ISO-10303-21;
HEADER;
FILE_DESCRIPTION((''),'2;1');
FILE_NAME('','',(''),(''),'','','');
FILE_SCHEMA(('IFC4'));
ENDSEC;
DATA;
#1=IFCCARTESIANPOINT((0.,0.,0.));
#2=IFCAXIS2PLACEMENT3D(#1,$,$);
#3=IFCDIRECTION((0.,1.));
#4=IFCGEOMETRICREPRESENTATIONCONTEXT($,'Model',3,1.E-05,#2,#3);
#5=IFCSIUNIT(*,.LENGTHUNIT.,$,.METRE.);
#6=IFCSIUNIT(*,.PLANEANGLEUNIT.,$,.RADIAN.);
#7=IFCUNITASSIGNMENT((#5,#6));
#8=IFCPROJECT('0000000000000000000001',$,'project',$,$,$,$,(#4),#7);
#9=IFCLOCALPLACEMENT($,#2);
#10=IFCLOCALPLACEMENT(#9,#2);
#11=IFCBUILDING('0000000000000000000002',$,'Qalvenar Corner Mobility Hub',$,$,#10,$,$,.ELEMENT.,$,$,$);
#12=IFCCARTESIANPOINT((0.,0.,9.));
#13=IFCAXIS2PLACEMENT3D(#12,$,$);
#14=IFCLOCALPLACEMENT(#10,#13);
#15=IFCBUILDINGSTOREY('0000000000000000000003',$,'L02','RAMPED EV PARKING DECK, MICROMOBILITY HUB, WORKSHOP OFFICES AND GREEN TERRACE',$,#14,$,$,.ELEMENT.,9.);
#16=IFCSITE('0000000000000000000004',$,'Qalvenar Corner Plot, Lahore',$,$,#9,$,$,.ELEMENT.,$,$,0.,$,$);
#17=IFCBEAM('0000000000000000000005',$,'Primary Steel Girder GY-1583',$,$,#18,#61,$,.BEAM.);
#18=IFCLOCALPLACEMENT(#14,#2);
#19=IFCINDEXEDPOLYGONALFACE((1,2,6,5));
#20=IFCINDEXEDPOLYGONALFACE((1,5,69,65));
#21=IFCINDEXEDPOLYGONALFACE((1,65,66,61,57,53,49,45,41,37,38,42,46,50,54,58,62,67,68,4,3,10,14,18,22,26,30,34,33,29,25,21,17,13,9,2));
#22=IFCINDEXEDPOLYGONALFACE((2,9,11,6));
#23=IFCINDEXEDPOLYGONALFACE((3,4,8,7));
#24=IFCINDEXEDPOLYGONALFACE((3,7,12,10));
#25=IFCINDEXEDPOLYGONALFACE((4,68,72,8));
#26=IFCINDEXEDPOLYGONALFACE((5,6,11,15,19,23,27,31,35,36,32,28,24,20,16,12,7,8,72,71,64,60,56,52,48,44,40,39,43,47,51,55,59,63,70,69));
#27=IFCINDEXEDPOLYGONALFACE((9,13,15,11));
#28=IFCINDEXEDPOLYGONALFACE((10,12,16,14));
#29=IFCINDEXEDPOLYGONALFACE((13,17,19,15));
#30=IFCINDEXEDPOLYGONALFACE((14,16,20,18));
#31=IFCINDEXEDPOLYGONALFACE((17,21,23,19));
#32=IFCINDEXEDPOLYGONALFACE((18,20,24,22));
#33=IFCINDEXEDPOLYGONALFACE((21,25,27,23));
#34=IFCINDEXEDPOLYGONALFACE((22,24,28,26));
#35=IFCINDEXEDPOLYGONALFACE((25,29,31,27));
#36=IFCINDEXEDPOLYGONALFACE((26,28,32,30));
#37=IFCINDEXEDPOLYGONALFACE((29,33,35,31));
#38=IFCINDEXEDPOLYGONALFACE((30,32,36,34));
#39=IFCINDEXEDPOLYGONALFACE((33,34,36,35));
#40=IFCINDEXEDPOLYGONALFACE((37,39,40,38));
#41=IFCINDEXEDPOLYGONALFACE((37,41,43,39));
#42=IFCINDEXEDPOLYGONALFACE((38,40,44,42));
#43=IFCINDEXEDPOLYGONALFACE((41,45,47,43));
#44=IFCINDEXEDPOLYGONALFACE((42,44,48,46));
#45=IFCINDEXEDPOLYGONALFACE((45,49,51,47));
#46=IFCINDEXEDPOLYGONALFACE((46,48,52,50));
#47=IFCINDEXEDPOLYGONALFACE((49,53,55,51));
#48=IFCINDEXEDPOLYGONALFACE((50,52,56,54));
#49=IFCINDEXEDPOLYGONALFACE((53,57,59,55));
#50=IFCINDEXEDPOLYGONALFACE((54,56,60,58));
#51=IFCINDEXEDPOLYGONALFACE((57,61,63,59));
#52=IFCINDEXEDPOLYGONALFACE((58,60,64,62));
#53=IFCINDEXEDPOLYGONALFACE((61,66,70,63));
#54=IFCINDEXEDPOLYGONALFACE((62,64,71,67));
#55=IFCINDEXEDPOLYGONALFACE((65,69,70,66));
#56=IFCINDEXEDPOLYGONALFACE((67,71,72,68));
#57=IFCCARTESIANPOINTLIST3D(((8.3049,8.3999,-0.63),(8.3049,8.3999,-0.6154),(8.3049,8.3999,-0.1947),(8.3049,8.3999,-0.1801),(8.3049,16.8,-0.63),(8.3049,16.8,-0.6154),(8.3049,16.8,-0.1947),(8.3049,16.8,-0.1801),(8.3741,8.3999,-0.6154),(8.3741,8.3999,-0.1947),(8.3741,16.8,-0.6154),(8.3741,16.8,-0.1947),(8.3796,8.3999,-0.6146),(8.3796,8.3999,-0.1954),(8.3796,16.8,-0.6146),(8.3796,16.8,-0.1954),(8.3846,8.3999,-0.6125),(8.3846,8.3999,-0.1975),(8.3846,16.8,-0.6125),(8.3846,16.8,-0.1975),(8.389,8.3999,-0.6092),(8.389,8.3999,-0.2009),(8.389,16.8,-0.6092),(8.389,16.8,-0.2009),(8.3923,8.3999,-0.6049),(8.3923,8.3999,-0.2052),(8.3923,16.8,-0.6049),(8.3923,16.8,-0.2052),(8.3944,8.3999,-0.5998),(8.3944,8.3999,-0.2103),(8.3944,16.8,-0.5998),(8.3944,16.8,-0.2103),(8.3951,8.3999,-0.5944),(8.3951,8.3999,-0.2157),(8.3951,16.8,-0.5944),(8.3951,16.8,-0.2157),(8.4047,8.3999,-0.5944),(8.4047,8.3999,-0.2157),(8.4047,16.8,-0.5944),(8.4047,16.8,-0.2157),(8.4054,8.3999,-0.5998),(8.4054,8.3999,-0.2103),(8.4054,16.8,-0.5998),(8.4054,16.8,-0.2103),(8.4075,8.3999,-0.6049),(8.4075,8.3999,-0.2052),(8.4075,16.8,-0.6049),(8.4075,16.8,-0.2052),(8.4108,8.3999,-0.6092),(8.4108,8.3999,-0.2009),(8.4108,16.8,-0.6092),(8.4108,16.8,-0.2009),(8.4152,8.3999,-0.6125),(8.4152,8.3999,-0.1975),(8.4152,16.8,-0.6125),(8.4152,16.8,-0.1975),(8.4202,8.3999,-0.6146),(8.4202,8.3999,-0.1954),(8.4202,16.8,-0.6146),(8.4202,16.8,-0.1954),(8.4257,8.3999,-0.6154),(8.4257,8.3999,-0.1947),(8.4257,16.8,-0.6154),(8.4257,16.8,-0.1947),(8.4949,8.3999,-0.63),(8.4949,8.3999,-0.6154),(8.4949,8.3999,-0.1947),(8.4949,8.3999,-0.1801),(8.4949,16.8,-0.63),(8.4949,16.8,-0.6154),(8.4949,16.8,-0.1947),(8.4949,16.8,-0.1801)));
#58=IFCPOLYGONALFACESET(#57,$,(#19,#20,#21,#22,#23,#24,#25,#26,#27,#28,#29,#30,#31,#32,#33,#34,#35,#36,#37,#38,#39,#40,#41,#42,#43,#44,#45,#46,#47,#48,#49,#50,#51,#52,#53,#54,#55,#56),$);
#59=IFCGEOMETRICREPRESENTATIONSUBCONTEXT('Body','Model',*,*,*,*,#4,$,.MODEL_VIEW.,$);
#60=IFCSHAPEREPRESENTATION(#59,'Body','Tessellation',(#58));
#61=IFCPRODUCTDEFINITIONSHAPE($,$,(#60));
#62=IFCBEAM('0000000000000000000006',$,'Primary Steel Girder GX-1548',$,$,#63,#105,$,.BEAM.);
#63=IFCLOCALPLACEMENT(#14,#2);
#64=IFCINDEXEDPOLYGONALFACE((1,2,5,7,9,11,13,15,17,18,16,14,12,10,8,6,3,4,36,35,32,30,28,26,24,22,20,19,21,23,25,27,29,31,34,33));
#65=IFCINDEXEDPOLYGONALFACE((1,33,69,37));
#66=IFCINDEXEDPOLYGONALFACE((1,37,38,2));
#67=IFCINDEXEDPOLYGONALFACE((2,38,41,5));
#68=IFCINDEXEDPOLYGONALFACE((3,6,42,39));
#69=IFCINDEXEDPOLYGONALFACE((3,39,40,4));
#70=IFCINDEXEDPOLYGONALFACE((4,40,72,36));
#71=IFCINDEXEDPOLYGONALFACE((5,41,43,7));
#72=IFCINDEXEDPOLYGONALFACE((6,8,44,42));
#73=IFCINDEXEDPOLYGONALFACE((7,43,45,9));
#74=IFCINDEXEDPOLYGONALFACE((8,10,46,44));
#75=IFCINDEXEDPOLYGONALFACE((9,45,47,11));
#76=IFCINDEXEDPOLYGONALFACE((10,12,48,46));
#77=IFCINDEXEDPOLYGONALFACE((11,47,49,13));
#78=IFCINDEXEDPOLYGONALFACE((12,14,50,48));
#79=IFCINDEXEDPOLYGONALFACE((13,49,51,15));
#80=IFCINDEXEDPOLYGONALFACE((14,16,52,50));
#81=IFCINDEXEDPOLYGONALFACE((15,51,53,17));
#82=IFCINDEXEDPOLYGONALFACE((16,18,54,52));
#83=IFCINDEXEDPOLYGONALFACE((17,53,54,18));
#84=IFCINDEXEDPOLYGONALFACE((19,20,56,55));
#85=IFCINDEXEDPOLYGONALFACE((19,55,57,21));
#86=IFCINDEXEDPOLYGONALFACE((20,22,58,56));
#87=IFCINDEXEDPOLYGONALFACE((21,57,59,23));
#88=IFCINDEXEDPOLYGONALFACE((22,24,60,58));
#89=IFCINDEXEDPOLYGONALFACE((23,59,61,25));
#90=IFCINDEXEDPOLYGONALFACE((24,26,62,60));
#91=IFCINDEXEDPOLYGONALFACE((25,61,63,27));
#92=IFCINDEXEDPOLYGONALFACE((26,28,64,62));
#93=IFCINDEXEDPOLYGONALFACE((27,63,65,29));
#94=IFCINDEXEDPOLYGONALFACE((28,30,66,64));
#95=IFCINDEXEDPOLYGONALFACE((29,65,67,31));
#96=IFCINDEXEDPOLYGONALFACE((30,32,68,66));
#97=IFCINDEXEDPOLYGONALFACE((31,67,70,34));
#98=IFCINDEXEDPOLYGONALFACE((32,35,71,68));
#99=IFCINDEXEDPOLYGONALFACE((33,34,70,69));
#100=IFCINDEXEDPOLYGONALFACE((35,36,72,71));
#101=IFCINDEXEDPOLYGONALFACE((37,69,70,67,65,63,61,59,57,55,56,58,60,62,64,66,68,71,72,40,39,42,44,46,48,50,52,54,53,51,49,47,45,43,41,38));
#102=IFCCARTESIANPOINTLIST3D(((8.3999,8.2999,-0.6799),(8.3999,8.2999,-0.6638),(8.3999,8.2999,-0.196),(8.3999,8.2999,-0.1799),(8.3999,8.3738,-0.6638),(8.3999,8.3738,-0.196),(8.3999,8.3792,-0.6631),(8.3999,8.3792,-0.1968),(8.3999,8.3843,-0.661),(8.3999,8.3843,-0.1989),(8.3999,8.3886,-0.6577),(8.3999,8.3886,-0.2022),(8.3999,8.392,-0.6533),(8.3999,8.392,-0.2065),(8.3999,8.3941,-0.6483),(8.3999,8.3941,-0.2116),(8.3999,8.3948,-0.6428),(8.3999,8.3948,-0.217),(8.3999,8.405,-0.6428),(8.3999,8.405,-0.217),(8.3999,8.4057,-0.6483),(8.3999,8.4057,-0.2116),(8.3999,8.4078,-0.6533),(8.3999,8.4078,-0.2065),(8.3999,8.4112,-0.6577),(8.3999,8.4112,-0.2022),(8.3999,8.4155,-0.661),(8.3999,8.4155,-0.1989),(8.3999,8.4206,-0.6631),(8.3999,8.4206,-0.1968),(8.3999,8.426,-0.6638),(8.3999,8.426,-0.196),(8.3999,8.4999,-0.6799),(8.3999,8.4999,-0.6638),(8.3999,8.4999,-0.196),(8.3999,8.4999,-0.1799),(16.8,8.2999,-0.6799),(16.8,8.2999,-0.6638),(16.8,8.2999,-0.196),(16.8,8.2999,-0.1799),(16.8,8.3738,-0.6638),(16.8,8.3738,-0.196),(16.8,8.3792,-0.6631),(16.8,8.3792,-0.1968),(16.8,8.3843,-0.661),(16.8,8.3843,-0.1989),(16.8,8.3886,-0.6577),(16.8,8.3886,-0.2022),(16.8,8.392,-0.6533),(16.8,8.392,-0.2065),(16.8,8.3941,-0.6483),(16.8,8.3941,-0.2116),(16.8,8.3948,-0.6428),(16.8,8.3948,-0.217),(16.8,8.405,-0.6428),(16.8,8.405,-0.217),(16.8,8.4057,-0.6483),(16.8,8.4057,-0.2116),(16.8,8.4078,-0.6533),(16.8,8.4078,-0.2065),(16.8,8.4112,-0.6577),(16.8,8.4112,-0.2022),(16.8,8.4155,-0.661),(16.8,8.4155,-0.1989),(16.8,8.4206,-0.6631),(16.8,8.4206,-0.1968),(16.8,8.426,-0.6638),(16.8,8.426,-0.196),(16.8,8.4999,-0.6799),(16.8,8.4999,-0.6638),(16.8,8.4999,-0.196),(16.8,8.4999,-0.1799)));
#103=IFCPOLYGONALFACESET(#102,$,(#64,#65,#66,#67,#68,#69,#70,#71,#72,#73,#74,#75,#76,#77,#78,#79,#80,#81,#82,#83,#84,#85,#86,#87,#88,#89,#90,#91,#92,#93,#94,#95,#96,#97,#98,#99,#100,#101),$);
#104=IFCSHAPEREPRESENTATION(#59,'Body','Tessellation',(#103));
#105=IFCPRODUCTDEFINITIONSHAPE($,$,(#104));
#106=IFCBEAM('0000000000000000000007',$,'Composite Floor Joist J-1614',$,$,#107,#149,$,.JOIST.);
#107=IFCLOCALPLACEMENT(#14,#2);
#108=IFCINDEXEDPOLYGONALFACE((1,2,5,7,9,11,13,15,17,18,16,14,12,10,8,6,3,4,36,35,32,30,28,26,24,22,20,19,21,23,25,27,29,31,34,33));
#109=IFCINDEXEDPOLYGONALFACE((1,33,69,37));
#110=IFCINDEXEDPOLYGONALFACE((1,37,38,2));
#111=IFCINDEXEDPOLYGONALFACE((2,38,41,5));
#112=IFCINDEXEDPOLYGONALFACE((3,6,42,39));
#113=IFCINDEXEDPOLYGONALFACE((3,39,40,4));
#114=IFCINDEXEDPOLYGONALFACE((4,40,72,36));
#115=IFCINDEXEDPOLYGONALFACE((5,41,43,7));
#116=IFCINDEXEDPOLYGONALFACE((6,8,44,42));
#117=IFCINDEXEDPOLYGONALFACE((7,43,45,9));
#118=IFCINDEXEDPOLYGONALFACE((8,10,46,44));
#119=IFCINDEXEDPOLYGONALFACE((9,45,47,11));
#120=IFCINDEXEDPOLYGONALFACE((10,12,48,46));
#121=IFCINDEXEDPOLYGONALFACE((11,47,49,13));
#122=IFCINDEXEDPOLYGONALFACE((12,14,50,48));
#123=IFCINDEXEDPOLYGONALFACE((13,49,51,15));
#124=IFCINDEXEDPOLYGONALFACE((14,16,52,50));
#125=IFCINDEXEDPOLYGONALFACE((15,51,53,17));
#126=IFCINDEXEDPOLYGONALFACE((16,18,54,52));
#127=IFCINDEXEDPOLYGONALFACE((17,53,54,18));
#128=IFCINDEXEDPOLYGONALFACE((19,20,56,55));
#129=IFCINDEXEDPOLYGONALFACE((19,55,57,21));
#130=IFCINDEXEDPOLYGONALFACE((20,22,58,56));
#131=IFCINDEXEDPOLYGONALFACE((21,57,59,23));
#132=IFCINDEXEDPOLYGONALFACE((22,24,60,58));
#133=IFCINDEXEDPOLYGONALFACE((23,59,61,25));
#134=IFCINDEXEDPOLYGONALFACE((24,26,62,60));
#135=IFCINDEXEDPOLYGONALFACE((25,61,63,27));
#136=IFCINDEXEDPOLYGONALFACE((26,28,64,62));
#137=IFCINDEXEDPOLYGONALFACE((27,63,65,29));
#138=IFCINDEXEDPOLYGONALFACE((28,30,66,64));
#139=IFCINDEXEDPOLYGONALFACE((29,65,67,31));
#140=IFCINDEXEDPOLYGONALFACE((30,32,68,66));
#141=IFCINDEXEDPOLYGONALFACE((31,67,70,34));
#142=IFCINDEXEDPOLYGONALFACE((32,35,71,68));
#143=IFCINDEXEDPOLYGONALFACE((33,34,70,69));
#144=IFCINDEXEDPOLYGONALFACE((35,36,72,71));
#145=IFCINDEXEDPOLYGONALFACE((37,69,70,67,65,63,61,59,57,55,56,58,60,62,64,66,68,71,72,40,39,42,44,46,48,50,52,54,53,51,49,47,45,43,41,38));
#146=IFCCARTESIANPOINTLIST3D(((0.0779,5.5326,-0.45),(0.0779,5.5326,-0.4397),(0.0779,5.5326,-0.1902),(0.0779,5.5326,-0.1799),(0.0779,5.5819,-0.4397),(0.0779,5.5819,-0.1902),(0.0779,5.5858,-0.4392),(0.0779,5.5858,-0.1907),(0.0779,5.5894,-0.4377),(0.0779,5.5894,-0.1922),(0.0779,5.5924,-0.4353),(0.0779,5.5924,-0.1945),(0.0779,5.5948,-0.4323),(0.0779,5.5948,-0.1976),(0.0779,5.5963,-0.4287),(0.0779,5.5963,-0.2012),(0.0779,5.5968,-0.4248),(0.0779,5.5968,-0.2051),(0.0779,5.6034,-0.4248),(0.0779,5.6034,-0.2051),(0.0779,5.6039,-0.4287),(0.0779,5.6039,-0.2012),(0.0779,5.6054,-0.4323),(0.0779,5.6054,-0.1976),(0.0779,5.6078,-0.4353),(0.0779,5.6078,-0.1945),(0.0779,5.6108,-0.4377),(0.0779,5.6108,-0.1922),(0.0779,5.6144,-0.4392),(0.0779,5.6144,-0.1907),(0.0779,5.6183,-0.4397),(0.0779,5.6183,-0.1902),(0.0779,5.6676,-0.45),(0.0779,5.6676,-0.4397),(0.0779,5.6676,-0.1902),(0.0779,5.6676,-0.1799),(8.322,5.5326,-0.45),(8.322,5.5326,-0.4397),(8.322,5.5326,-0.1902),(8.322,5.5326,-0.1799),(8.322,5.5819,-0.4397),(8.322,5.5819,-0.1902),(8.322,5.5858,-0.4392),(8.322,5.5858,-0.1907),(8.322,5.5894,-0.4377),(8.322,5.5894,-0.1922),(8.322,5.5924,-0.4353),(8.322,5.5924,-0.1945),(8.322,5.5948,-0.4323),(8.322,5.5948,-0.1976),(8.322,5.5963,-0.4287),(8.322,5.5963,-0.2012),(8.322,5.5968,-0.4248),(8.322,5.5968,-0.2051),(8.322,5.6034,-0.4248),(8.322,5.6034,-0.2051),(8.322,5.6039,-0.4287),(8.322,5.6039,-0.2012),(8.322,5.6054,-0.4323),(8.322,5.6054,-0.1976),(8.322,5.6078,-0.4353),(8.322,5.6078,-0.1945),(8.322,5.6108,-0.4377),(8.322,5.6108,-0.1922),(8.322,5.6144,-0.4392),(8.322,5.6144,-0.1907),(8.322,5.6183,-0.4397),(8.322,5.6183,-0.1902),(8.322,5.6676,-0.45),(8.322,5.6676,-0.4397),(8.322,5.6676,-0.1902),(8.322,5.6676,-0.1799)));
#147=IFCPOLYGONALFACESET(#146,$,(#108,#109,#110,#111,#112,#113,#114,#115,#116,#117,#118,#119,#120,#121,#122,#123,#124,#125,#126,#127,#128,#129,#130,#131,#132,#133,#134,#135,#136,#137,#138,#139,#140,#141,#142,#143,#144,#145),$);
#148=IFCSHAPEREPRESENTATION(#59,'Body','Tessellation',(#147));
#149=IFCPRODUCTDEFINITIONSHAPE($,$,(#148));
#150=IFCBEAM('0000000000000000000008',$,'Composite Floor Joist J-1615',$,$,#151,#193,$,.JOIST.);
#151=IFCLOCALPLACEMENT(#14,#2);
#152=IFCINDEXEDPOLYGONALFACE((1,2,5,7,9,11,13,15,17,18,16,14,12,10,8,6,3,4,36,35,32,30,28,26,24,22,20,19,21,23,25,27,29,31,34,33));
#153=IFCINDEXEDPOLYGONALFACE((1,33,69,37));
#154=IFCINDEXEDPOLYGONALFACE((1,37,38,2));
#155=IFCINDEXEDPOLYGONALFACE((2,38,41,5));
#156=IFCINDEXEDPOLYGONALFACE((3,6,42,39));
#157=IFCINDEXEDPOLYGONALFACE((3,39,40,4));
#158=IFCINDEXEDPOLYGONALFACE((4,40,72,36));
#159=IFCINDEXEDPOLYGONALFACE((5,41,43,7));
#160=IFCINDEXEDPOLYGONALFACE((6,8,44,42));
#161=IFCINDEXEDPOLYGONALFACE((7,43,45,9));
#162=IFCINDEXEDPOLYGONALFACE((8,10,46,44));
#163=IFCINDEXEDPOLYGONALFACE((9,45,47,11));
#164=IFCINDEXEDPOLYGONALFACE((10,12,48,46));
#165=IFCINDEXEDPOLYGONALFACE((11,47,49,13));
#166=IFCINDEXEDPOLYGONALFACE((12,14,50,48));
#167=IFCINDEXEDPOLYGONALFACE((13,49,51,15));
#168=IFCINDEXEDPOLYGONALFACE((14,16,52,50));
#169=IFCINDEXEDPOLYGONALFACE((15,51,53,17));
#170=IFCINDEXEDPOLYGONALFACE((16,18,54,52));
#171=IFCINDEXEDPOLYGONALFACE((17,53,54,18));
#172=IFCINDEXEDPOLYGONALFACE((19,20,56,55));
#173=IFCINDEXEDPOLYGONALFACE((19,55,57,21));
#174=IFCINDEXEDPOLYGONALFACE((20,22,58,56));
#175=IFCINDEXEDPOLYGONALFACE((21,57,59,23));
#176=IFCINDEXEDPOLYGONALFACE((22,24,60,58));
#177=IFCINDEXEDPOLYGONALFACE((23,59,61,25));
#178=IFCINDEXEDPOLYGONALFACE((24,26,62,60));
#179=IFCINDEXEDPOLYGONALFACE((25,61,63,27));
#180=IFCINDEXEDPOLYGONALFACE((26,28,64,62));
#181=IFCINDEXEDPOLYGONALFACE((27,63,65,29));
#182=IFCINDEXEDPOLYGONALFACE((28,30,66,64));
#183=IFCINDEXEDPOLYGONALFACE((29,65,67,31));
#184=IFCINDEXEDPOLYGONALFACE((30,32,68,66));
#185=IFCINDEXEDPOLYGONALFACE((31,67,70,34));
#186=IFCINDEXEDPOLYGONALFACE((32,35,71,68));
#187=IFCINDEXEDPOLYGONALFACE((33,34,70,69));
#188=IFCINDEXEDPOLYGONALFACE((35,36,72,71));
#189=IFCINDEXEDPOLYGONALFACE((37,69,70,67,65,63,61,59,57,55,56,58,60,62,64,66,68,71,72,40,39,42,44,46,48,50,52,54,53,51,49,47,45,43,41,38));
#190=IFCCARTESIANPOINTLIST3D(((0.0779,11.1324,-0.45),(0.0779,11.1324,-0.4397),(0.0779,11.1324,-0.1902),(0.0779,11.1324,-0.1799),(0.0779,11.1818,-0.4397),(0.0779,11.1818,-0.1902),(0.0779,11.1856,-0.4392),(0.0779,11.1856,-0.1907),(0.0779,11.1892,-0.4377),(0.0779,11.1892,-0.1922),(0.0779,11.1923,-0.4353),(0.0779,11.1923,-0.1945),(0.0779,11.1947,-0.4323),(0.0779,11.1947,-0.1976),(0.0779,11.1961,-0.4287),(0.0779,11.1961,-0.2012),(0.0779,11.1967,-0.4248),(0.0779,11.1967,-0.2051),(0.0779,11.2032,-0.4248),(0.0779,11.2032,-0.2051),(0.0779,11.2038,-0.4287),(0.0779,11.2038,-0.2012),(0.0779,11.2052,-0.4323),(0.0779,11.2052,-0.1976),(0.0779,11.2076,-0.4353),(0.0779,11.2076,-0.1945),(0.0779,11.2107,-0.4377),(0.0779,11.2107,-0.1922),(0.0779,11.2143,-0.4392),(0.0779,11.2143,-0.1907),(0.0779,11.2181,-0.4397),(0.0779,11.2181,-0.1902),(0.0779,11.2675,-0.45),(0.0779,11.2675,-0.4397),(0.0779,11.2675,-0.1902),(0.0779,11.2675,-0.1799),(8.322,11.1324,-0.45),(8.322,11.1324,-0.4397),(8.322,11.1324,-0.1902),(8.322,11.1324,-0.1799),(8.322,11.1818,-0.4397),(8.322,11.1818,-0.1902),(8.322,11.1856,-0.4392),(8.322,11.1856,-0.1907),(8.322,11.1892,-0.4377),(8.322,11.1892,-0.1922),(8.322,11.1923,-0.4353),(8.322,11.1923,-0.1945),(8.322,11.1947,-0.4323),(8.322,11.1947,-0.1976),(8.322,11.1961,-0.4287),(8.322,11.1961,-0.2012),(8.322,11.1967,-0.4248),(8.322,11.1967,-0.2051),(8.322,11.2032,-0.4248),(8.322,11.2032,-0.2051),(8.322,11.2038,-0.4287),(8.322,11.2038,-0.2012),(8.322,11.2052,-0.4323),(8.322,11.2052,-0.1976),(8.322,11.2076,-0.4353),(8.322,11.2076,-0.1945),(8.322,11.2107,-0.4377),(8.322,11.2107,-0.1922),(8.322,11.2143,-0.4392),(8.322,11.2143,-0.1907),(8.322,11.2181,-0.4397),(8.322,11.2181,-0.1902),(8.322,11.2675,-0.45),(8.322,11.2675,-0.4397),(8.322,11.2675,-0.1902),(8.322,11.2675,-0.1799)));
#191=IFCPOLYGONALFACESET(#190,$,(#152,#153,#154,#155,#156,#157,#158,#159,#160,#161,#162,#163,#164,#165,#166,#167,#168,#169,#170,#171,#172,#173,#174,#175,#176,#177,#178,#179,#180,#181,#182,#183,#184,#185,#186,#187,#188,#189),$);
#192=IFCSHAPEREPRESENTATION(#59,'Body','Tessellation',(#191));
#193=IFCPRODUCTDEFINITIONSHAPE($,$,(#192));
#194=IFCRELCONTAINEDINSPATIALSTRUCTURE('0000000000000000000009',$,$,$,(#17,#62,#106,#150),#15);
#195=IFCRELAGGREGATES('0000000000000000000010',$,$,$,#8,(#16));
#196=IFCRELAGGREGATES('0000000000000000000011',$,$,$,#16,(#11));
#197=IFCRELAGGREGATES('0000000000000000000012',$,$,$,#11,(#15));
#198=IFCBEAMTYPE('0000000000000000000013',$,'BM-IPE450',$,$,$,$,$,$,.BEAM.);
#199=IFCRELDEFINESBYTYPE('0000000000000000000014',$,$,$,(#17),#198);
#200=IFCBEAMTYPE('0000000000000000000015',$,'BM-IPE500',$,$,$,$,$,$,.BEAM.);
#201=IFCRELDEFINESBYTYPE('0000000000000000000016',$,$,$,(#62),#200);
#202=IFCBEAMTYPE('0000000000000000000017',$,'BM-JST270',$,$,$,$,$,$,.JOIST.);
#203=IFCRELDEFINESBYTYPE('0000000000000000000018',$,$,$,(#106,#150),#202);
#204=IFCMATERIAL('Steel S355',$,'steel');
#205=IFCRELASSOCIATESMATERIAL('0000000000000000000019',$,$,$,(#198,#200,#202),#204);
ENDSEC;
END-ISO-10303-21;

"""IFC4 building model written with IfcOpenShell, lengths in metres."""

from ifc_helpers import new_model, si_unit, direction, frame, origin, origin_2d, place, context, subcontext, project, spatial, i_section, extrude, material, material_profile, profile_set, type_object, element, save


model = new_model("IFC4")

# Units and contexts
model_context = context("Model", 3, precision=1e-05, world=origin(), true_north=direction((0.0, 1.0)))
body_context = subcontext(model_context, "Body", "Model", "MODEL_VIEW")
ifc_project = project(units=[si_unit("LENGTHUNIT", "METRE"), si_unit("PLANEANGLEUNIT", "RADIAN")], contexts=[model_context])

# Site, building, storey
site_placement = place(None, origin())
site = spatial("IfcSite", under=ifc_project, at=site_placement, Name="Qalvenar Corner Plot, Lahore", CompositionType="ELEMENT", RefElevation=0.0)
building_placement = place(site_placement, origin())
building = spatial("IfcBuilding", under=site, at=building_placement, Name="Qalvenar Corner Mobility Hub", CompositionType="ELEMENT")
storey_placement = place(building_placement, frame((0.0, 0.0, 9.0)))
storey = spatial("IfcBuildingStorey", under=building, at=storey_placement, Name="L02", Description="RAMPED EV PARKING DECK, MICROMOBILITY HUB, WORKSHOP OFFICES AND GREEN TERRACE", CompositionType="ELEMENT", Elevation=9.0)

# Beams
ifc_material_1 = material(Name="Steel S355", Category="steel")
ifc_material_profile_1 = material_profile(ifc_material_1, i_section(OverallWidth=0.1899, OverallDepth=0.45, WebThickness=0.0095, FlangeThickness=0.0146, FilletRadius=0.021, at=origin_2d()), Name="IPE450")
ifc_profile_set_1 = profile_set([ifc_material_profile_1], Name="Steel S355")
beam_type_1 = type_object("IfcBeamType", Name="BM-IPE450", PredefinedType="BEAM", material=ifc_profile_set_1)
beam_1_placement = place(storey_placement, frame((8.3999, 8.3999, -0.405), z_axis=(0.0, 1.0, 0.0), x_axis=(-1.0, 0.0, 0.0)))
element("IfcBeam", 1, at=beam_1_placement, inside=storey, type_object=beam_type_1, Name="Primary Steel Girder GY-1583", PredefinedType="BEAM", context=body_context, shape_type="SweptSolid", body=[
    extrude(i_section(OverallWidth=0.1899, OverallDepth=0.45, WebThickness=0.0095, FlangeThickness=0.0146, FilletRadius=0.021, at=origin_2d()), origin(), (0.0, 0.0, 1.0), 8.4001),
])
ifc_material_profile_2 = material_profile(ifc_material_1, i_section(OverallWidth=0.2, OverallDepth=0.5, WebThickness=0.0103, FlangeThickness=0.0161, FilletRadius=0.021, at=origin_2d()), Name="IPE500")
ifc_profile_set_2 = profile_set([ifc_material_profile_2], Name="Steel S355")
beam_type_2 = type_object("IfcBeamType", Name="BM-IPE500", PredefinedType="BEAM", material=ifc_profile_set_2)
beam_2_placement = place(storey_placement, frame((8.3999, 8.3999, -0.4299), z_axis=(1.0, 0.0, 0.0), x_axis=(0.0, 1.0, 0.0)))
element("IfcBeam", 2, at=beam_2_placement, inside=storey, type_object=beam_type_2, Name="Primary Steel Girder GX-1548", PredefinedType="BEAM", context=body_context, shape_type="SweptSolid", body=[
    extrude(i_section(OverallWidth=0.2, OverallDepth=0.5, WebThickness=0.0103, FlangeThickness=0.0161, FilletRadius=0.021, at=origin_2d()), origin(), (0.0, 0.0, 1.0), 8.4001),
])
ifc_material_profile_3 = material_profile(ifc_material_1, i_section(OverallWidth=0.135, OverallDepth=0.27, WebThickness=0.0066, FlangeThickness=0.0103, FilletRadius=0.0149, at=origin_2d()), Name="IPE270")
ifc_profile_set_3 = profile_set([ifc_material_profile_3], Name="Steel S355")
beam_type_3 = type_object("IfcBeamType", Name="BM-JST270", PredefinedType="JOIST", material=ifc_profile_set_3)
for number, where, z_axis, x_axis, name in (
    (3, (0.0779, 5.6001, -0.3149), (1.0, 0.0, 0.0), (0.0, 1.0, 0.0), "Composite Floor Joist J-1614"),
    (4, (0.0779, 11.2, -0.3149), (1.0, 0.0, 0.0), (0.0, 1.0, 0.0), "Composite Floor Joist J-1615"),
):
    element("IfcBeam", number, at=place(storey_placement, frame(where, z_axis=z_axis, x_axis=x_axis)), inside=storey, type_object=beam_type_3, Name=name, PredefinedType="JOIST", context=body_context, shape_type="SweptSolid", body=[
        extrude(i_section(OverallWidth=0.135, OverallDepth=0.27, WebThickness=0.0066, FlangeThickness=0.0103, FilletRadius=0.0149, at=origin_2d()), origin(), (0.0, 0.0, 1.0), 8.2441),
    ])

save(model, "model.ifc")
